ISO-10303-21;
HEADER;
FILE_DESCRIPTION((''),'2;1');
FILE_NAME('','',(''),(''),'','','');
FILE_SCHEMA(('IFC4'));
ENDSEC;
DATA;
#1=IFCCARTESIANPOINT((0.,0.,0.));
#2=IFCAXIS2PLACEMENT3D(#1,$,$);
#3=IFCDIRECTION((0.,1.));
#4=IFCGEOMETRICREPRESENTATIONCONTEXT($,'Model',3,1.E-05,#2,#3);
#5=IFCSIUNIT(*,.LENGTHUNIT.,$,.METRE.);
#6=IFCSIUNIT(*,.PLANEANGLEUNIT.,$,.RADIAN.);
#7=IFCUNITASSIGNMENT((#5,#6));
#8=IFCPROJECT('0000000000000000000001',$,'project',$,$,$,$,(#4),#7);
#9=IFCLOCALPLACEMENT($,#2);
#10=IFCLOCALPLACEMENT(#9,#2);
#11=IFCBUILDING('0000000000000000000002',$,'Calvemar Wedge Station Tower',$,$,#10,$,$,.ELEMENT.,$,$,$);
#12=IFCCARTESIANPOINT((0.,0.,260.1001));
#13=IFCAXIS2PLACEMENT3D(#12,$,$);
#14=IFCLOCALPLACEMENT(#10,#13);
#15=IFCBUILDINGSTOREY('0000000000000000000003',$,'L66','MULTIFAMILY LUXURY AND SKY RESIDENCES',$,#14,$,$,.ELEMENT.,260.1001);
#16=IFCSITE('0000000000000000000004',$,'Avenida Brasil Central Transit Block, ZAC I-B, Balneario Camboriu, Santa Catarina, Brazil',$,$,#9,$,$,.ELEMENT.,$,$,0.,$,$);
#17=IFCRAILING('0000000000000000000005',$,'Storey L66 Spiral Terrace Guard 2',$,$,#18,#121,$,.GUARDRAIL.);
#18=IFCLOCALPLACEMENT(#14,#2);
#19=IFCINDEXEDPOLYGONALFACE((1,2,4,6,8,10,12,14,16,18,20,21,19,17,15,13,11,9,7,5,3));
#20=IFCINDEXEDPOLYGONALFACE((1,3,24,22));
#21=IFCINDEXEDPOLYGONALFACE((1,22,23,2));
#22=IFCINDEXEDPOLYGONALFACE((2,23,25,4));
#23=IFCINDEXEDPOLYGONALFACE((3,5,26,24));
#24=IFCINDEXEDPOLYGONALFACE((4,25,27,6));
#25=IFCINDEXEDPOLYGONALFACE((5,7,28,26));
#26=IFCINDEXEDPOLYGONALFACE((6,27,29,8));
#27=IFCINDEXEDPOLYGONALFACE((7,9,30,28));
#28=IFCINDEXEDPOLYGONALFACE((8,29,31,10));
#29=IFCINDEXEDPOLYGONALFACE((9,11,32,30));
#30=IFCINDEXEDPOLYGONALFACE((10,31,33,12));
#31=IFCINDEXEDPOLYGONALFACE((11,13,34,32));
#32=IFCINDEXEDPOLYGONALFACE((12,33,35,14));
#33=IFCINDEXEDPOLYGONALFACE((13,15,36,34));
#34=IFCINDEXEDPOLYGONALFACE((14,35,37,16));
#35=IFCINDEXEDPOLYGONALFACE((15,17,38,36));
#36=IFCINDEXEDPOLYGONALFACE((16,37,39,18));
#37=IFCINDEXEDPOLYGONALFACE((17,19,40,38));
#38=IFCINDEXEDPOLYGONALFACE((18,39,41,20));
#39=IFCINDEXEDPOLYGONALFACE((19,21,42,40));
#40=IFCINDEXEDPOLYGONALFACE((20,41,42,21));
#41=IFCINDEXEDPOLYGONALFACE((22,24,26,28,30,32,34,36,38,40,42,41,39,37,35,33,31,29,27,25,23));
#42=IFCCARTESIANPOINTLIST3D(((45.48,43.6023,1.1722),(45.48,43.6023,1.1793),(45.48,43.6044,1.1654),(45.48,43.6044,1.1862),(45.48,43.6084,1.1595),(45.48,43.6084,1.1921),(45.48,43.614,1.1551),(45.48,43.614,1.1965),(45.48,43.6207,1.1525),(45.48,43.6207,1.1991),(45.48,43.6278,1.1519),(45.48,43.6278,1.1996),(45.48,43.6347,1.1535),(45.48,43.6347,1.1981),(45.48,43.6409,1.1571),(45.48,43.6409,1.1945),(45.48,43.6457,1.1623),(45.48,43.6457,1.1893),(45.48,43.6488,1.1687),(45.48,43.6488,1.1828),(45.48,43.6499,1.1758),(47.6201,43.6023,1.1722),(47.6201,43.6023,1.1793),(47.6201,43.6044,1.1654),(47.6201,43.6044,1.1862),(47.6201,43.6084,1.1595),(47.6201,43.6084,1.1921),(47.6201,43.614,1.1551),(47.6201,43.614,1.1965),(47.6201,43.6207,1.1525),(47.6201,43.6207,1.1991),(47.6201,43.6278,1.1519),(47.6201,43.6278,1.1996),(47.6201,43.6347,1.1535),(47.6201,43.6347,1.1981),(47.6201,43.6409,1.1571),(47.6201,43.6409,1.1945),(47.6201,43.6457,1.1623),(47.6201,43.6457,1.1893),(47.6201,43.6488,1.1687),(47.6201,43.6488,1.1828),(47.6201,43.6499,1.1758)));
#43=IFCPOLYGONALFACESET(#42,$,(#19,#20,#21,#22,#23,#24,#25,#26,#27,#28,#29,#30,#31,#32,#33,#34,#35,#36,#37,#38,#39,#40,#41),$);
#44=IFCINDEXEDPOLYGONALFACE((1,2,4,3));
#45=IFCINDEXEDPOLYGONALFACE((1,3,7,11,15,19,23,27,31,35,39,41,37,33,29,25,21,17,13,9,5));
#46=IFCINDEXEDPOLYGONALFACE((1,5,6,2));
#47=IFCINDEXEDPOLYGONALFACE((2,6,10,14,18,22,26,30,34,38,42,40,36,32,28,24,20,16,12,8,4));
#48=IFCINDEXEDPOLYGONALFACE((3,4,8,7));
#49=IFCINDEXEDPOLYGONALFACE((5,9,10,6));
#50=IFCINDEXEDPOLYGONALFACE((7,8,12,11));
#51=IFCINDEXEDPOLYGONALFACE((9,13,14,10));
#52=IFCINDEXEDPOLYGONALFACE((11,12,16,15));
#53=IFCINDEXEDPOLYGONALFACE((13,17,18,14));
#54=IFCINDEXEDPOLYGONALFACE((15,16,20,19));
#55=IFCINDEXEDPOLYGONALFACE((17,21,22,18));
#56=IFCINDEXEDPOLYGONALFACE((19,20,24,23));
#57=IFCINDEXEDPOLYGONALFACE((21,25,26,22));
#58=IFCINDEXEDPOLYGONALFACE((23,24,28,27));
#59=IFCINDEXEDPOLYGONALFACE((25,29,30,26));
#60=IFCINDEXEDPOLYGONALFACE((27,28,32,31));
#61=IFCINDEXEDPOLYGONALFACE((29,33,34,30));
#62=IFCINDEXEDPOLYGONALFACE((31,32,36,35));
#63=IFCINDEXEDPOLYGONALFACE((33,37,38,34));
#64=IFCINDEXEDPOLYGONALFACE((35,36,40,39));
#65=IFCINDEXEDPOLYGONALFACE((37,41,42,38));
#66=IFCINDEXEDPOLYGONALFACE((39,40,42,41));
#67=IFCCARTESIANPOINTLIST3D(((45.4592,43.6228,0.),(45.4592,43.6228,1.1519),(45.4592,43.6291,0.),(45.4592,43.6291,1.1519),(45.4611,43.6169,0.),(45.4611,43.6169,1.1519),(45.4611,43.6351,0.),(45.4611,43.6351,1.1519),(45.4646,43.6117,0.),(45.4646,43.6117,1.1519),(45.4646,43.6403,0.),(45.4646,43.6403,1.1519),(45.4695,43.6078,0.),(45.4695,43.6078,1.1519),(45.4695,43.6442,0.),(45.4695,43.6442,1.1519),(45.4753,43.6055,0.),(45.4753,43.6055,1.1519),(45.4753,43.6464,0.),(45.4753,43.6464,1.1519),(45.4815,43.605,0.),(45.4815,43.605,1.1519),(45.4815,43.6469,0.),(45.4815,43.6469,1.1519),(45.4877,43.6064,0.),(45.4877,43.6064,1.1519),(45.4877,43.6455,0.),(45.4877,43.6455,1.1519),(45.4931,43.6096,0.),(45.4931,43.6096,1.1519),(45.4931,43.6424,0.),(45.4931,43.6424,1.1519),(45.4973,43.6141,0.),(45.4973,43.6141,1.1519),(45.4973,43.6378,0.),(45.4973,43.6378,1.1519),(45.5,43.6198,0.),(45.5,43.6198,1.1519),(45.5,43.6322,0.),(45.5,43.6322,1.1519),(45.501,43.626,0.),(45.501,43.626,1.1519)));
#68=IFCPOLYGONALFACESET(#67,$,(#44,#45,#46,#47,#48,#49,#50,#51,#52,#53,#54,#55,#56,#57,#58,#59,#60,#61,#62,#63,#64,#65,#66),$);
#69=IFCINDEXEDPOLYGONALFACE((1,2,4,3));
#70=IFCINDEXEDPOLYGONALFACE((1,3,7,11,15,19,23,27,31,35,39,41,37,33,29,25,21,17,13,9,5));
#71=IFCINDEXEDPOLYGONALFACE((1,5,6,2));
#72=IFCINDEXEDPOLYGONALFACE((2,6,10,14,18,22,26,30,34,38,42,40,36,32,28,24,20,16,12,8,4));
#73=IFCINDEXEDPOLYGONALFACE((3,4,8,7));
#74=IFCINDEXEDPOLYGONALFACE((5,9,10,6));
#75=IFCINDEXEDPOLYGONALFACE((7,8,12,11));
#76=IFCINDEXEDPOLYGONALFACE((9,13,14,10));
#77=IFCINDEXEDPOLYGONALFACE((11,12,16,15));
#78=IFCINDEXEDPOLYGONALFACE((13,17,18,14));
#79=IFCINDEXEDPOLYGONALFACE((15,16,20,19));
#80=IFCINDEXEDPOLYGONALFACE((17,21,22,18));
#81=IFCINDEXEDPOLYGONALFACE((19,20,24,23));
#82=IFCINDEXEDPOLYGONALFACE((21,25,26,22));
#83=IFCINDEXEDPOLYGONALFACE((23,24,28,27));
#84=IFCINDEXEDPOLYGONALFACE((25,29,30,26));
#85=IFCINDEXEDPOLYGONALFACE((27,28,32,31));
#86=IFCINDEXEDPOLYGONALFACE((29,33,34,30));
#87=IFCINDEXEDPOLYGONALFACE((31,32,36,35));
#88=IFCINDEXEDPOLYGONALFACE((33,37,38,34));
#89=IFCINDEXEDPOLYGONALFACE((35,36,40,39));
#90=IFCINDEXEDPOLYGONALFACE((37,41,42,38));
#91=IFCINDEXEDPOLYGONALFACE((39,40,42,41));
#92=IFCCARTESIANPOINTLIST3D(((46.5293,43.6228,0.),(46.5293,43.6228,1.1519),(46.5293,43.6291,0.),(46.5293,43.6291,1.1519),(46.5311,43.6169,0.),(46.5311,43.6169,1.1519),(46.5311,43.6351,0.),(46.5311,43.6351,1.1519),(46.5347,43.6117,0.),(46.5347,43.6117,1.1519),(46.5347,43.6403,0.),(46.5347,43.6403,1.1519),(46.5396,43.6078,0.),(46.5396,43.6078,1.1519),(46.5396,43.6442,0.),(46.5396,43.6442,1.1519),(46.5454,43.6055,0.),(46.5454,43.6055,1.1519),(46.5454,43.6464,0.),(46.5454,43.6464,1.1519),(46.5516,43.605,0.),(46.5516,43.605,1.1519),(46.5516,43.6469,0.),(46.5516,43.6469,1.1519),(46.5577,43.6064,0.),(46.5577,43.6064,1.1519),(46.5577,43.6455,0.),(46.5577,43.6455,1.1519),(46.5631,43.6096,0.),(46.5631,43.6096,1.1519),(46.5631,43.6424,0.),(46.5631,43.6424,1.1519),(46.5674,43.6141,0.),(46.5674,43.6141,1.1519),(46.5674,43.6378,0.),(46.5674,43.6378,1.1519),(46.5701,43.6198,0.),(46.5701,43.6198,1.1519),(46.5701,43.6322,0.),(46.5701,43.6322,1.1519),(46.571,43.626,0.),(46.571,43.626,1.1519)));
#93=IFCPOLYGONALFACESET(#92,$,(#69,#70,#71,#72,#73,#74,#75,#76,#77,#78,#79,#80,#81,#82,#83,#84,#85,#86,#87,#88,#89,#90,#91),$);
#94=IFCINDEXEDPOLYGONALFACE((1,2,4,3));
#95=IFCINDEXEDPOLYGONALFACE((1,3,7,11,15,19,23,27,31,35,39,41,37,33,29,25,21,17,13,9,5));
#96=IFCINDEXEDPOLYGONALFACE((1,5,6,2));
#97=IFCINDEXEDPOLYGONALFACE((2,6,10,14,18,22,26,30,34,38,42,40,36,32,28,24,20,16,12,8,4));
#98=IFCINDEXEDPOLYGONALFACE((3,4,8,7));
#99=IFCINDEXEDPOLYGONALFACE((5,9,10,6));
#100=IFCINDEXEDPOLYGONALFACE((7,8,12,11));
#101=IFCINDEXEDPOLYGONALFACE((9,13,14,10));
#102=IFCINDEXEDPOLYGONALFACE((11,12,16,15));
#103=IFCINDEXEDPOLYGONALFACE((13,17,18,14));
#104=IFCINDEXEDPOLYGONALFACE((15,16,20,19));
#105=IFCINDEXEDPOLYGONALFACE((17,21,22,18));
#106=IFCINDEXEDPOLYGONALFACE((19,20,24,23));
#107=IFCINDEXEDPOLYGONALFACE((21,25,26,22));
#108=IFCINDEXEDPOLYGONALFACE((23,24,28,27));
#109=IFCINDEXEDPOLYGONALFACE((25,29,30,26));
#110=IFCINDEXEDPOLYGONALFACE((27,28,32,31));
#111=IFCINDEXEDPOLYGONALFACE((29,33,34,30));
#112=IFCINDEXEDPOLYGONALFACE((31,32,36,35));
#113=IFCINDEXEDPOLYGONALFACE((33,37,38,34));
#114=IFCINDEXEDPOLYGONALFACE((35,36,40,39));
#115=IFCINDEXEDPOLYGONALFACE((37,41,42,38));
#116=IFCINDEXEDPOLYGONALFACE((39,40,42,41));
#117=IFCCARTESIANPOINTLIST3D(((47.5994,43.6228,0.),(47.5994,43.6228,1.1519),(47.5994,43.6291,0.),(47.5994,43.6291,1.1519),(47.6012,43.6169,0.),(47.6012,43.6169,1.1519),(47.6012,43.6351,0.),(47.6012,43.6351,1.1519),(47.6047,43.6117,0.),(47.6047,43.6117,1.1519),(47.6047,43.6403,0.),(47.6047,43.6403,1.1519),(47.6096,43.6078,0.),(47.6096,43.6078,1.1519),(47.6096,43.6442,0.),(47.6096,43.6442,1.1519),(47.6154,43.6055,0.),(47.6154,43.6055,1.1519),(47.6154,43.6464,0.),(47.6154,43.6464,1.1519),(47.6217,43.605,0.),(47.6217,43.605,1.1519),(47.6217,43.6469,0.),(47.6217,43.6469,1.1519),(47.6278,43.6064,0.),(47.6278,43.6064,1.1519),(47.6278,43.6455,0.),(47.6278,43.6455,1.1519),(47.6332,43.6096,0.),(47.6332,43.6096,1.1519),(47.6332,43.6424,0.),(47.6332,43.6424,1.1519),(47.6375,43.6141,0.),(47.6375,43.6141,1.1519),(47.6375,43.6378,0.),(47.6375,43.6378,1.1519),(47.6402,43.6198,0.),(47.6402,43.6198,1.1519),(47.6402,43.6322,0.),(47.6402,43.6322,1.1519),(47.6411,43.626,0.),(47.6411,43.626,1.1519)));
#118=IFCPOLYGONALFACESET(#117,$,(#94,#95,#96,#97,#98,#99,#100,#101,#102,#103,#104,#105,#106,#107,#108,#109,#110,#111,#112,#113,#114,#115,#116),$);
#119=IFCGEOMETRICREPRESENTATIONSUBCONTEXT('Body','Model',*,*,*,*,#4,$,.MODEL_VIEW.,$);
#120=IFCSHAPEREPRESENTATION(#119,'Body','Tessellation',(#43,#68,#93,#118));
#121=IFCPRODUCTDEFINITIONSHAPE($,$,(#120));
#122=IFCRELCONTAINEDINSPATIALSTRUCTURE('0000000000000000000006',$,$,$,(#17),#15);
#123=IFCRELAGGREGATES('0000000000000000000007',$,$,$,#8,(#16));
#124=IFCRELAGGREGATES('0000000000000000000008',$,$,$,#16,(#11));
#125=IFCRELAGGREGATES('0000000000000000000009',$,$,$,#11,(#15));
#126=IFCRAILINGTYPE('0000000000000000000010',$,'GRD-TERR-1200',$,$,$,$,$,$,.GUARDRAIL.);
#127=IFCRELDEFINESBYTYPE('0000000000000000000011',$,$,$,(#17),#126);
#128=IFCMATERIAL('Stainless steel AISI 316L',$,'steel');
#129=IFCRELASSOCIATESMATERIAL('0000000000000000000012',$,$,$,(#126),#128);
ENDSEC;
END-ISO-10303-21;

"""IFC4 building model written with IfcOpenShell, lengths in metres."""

from ifc_helpers import new_model, si_unit, direction, frame, origin, origin_2d, place, context, subcontext, project, spatial, circle, extrude, material, type_object, element, save


model = new_model("IFC4")

# Units and contexts
model_context = context("Model", 3, precision=1e-05, world=origin(), true_north=direction((0.0, 1.0)))
body_context = subcontext(model_context, "Body", "Model", "MODEL_VIEW")
ifc_project = project(units=[si_unit("LENGTHUNIT", "METRE"), si_unit("PLANEANGLEUNIT", "RADIAN")], contexts=[model_context])

# Site, building, storey
site_placement = place(None, origin())
site = spatial("IfcSite", under=ifc_project, at=site_placement, Name="Avenida Brasil Central Transit Block, ZAC I-B, Balneario Camboriu, Santa Catarina, Brazil", CompositionType="ELEMENT", RefElevation=0.0)
building_placement = place(site_placement, origin())
building = spatial("IfcBuilding", under=site, at=building_placement, Name="Calvemar Wedge Station Tower", CompositionType="ELEMENT")
storey_placement = place(building_placement, frame((0.0, 0.0, 260.1001)))
storey = spatial("IfcBuildingStorey", under=building, at=storey_placement, Name="L66", Description="MULTIFAMILY LUXURY AND SKY RESIDENCES", CompositionType="ELEMENT", Elevation=260.1001)

# Railing
ifc_material_1 = material(Name="Stainless steel AISI 316L", Category="steel")
railing_type = type_object("IfcRailingType", Name="GRD-TERR-1200", PredefinedType="GUARDRAIL", material=ifc_material_1)
railing_1_placement = place(storey_placement, frame((45.48, 43.626, 0.0)))
element("IfcRailing", 1, at=railing_1_placement, inside=storey, type_object=railing_type, Name="Storey L66 Spiral Terrace Guard 2", PredefinedType="GUARDRAIL", context=body_context, shape_type="SweptSolid", body=[
    extrude(circle(Radius=0.0239, at=origin_2d()), frame((0.0, 0.0, 1.1758), z_axis=(1.0, 0.0, 0.0), x_axis=(0.0, 1.0, 0.0)), (0.0, 0.0, 1.0), 2.1401),
    extrude(circle(Radius=0.021, at=origin_2d()), origin(), (0.0, 0.0, 1.0), 1.1519),
    extrude(circle(Radius=0.021, at=origin_2d()), frame((1.0701, 0.0, 0.0)), (0.0, 0.0, 1.0), 1.1519),
    extrude(circle(Radius=0.021, at=origin_2d()), frame((2.1401, 0.0, 0.0)), (0.0, 0.0, 1.0), 1.1519),
])

save(model, "model.ifc")
